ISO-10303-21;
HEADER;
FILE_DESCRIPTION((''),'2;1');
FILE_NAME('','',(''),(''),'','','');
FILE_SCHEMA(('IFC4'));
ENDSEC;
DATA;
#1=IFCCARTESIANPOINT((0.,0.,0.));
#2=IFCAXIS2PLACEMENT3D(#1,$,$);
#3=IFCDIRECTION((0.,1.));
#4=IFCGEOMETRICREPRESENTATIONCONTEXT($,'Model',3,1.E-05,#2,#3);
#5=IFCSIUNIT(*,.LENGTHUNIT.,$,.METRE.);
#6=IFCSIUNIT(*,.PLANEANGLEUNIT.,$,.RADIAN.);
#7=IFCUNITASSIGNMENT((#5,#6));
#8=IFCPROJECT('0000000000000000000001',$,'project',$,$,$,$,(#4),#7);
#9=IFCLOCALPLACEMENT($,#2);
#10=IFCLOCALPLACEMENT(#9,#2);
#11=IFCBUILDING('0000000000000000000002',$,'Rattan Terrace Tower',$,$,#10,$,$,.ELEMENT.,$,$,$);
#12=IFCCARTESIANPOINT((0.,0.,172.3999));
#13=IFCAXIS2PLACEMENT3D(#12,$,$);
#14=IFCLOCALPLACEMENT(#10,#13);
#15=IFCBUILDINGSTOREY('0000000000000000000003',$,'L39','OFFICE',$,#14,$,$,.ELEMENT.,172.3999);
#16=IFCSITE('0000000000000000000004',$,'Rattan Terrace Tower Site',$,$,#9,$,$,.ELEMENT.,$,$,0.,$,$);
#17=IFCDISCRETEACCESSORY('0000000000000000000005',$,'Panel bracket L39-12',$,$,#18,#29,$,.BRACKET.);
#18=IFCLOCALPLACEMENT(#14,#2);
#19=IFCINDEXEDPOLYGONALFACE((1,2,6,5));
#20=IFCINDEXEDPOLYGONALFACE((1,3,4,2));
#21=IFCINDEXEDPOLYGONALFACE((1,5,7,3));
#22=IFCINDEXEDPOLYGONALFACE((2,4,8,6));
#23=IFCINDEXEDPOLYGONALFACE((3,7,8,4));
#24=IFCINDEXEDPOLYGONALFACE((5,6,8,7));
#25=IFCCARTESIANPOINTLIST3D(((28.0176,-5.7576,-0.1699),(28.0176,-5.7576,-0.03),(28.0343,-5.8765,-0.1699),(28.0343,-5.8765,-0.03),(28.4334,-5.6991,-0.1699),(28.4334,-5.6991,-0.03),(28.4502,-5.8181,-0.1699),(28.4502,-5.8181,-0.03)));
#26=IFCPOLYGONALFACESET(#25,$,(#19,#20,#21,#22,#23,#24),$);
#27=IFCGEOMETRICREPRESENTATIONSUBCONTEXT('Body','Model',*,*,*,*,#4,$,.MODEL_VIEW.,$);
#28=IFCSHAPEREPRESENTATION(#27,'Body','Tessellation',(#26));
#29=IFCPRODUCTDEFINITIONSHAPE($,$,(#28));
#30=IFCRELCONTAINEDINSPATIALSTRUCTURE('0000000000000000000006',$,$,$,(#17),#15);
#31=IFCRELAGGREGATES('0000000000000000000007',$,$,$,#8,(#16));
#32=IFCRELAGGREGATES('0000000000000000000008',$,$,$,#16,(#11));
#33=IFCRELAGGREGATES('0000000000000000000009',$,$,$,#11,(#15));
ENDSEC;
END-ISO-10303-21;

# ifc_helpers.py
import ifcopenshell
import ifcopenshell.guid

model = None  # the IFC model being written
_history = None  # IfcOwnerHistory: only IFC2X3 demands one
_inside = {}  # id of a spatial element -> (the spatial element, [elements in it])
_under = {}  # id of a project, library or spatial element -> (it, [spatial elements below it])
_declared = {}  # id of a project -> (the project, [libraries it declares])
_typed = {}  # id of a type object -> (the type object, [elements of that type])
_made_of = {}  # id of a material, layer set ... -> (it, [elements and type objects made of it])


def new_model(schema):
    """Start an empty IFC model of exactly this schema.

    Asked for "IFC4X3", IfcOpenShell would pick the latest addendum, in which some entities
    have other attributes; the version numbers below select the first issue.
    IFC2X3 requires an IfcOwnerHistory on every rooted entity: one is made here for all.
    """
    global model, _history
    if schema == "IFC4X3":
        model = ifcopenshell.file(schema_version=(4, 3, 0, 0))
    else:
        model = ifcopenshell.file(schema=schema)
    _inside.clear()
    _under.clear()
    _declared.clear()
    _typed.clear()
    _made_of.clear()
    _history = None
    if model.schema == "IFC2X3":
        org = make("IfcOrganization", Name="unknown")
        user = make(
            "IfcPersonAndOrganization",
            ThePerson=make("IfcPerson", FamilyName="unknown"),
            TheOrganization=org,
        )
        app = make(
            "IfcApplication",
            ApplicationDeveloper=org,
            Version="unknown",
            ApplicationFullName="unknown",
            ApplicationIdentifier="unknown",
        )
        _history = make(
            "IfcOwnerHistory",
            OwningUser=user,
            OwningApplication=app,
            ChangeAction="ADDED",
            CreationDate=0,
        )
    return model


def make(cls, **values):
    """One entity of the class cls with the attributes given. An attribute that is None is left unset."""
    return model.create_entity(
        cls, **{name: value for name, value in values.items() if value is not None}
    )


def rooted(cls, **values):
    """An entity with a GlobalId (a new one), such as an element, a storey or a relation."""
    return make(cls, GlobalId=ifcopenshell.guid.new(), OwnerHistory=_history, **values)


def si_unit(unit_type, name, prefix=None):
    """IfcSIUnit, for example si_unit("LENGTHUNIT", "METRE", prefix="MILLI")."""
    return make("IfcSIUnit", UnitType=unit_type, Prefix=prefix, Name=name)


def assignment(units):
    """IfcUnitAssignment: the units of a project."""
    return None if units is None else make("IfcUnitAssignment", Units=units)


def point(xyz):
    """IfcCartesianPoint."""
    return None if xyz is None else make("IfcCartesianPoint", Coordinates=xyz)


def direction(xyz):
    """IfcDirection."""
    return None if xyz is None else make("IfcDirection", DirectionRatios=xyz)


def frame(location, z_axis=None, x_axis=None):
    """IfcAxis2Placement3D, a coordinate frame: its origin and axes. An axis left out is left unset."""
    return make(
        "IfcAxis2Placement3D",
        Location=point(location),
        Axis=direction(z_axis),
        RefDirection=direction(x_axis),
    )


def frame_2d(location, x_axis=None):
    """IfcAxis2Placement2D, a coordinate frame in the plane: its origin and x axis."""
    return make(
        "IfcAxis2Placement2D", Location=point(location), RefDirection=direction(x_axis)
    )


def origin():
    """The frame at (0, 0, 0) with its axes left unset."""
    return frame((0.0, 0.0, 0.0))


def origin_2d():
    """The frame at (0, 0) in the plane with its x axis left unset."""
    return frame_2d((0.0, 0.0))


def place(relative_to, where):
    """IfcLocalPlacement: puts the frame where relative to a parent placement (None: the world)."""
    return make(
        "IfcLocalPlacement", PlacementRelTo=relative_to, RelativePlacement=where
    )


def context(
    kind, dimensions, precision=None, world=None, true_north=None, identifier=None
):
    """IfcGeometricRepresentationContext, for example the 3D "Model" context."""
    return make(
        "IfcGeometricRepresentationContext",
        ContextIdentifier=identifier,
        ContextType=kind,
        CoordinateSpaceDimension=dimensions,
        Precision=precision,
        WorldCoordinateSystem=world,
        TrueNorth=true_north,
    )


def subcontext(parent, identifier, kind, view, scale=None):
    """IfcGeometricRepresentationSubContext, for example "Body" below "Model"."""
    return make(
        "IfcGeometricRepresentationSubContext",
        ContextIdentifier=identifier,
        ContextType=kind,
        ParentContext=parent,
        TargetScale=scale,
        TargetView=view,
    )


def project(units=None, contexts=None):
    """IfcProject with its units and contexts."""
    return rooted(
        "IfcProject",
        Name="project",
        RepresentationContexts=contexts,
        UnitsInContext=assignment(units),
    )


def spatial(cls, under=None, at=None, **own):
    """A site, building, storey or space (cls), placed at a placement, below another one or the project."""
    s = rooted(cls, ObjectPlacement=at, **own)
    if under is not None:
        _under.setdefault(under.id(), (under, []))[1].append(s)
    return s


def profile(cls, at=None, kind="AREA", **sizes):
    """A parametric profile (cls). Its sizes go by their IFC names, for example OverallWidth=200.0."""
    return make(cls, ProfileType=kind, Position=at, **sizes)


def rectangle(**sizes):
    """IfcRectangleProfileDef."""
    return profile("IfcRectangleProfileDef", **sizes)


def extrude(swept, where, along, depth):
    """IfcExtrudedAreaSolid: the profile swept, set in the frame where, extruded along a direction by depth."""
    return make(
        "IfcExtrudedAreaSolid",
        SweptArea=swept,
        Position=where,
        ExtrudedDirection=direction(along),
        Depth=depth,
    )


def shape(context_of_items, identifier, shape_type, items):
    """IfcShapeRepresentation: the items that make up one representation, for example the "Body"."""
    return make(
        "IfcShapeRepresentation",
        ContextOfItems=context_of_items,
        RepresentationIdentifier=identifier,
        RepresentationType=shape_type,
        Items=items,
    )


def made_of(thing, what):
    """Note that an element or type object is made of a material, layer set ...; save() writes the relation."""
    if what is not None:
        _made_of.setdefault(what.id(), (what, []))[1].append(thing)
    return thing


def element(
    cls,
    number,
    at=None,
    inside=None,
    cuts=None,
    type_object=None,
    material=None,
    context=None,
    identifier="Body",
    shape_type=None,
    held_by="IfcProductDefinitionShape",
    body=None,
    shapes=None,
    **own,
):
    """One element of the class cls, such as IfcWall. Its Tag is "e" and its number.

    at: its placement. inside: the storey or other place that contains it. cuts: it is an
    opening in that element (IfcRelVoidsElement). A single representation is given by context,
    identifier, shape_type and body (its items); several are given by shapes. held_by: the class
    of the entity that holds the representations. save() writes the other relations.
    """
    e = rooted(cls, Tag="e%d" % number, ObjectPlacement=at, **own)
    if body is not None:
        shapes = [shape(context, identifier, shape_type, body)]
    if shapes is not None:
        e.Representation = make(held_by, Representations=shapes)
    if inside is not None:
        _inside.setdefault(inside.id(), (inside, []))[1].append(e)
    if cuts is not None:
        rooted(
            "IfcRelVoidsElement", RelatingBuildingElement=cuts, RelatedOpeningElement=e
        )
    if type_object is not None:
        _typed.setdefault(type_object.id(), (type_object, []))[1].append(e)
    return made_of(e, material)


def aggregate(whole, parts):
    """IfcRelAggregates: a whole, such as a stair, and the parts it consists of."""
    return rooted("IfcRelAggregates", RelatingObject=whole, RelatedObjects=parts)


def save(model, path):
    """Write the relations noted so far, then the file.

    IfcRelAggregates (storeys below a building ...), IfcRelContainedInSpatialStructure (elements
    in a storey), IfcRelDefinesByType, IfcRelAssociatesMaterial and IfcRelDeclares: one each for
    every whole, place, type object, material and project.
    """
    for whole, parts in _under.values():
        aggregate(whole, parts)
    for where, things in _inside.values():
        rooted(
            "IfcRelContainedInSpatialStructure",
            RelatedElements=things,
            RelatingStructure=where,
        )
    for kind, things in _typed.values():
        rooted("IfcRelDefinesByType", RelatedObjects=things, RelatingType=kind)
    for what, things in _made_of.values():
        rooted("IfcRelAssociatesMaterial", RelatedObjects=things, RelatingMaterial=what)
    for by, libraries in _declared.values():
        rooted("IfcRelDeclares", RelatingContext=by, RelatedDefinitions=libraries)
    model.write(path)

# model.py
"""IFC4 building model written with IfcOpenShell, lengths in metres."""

from ifc_helpers import new_model, si_unit, direction, frame, origin, origin_2d, place, context, subcontext, project, spatial, rectangle, extrude, element, save


model = new_model("IFC4")

# Units and contexts
model_context = context("Model", 3, precision=1e-05, world=origin(), true_north=direction((0.0, 1.0)))
body_context = subcontext(model_context, "Body", "Model", "MODEL_VIEW")
ifc_project = project(units=[si_unit("LENGTHUNIT", "METRE"), si_unit("PLANEANGLEUNIT", "RADIAN")], contexts=[model_context])

# Site, building, storey
site_placement = place(None, origin())
site = spatial("IfcSite", under=ifc_project, at=site_placement, Name="Rattan Terrace Tower Site", CompositionType="ELEMENT", RefElevation=0.0)
building_placement = place(site_placement, origin())
building = spatial("IfcBuilding", under=site, at=building_placement, Name="Rattan Terrace Tower", CompositionType="ELEMENT")
storey_placement = place(building_placement, frame((0.0, 0.0, 172.3999)))
storey = spatial("IfcBuildingStorey", under=building, at=storey_placement, Name="L39", Description="OFFICE", CompositionType="ELEMENT", Elevation=172.3999)

# Discrete accessory
for number, where, z_axis, x_axis, name in (
    (1, (28.2339, -5.7878, -0.1699), (0.0, 0.0, 1.0), (-0.139191, 0.990266, 0.0), "Panel bracket L39-12"),
):
    element("IfcDiscreteAccessory", number, at=place(storey_placement, frame(where, z_axis=z_axis, x_axis=x_axis)), inside=storey, Name=name, PredefinedType="BRACKET", context=body_context, shape_type="SweptSolid", body=[
        extrude(rectangle(XDim=0.1201, YDim=0.4199, at=origin_2d()), origin(), (0.0, 0.0, 1.0), 0.1399),
    ])

save(model, "model.ifc")
